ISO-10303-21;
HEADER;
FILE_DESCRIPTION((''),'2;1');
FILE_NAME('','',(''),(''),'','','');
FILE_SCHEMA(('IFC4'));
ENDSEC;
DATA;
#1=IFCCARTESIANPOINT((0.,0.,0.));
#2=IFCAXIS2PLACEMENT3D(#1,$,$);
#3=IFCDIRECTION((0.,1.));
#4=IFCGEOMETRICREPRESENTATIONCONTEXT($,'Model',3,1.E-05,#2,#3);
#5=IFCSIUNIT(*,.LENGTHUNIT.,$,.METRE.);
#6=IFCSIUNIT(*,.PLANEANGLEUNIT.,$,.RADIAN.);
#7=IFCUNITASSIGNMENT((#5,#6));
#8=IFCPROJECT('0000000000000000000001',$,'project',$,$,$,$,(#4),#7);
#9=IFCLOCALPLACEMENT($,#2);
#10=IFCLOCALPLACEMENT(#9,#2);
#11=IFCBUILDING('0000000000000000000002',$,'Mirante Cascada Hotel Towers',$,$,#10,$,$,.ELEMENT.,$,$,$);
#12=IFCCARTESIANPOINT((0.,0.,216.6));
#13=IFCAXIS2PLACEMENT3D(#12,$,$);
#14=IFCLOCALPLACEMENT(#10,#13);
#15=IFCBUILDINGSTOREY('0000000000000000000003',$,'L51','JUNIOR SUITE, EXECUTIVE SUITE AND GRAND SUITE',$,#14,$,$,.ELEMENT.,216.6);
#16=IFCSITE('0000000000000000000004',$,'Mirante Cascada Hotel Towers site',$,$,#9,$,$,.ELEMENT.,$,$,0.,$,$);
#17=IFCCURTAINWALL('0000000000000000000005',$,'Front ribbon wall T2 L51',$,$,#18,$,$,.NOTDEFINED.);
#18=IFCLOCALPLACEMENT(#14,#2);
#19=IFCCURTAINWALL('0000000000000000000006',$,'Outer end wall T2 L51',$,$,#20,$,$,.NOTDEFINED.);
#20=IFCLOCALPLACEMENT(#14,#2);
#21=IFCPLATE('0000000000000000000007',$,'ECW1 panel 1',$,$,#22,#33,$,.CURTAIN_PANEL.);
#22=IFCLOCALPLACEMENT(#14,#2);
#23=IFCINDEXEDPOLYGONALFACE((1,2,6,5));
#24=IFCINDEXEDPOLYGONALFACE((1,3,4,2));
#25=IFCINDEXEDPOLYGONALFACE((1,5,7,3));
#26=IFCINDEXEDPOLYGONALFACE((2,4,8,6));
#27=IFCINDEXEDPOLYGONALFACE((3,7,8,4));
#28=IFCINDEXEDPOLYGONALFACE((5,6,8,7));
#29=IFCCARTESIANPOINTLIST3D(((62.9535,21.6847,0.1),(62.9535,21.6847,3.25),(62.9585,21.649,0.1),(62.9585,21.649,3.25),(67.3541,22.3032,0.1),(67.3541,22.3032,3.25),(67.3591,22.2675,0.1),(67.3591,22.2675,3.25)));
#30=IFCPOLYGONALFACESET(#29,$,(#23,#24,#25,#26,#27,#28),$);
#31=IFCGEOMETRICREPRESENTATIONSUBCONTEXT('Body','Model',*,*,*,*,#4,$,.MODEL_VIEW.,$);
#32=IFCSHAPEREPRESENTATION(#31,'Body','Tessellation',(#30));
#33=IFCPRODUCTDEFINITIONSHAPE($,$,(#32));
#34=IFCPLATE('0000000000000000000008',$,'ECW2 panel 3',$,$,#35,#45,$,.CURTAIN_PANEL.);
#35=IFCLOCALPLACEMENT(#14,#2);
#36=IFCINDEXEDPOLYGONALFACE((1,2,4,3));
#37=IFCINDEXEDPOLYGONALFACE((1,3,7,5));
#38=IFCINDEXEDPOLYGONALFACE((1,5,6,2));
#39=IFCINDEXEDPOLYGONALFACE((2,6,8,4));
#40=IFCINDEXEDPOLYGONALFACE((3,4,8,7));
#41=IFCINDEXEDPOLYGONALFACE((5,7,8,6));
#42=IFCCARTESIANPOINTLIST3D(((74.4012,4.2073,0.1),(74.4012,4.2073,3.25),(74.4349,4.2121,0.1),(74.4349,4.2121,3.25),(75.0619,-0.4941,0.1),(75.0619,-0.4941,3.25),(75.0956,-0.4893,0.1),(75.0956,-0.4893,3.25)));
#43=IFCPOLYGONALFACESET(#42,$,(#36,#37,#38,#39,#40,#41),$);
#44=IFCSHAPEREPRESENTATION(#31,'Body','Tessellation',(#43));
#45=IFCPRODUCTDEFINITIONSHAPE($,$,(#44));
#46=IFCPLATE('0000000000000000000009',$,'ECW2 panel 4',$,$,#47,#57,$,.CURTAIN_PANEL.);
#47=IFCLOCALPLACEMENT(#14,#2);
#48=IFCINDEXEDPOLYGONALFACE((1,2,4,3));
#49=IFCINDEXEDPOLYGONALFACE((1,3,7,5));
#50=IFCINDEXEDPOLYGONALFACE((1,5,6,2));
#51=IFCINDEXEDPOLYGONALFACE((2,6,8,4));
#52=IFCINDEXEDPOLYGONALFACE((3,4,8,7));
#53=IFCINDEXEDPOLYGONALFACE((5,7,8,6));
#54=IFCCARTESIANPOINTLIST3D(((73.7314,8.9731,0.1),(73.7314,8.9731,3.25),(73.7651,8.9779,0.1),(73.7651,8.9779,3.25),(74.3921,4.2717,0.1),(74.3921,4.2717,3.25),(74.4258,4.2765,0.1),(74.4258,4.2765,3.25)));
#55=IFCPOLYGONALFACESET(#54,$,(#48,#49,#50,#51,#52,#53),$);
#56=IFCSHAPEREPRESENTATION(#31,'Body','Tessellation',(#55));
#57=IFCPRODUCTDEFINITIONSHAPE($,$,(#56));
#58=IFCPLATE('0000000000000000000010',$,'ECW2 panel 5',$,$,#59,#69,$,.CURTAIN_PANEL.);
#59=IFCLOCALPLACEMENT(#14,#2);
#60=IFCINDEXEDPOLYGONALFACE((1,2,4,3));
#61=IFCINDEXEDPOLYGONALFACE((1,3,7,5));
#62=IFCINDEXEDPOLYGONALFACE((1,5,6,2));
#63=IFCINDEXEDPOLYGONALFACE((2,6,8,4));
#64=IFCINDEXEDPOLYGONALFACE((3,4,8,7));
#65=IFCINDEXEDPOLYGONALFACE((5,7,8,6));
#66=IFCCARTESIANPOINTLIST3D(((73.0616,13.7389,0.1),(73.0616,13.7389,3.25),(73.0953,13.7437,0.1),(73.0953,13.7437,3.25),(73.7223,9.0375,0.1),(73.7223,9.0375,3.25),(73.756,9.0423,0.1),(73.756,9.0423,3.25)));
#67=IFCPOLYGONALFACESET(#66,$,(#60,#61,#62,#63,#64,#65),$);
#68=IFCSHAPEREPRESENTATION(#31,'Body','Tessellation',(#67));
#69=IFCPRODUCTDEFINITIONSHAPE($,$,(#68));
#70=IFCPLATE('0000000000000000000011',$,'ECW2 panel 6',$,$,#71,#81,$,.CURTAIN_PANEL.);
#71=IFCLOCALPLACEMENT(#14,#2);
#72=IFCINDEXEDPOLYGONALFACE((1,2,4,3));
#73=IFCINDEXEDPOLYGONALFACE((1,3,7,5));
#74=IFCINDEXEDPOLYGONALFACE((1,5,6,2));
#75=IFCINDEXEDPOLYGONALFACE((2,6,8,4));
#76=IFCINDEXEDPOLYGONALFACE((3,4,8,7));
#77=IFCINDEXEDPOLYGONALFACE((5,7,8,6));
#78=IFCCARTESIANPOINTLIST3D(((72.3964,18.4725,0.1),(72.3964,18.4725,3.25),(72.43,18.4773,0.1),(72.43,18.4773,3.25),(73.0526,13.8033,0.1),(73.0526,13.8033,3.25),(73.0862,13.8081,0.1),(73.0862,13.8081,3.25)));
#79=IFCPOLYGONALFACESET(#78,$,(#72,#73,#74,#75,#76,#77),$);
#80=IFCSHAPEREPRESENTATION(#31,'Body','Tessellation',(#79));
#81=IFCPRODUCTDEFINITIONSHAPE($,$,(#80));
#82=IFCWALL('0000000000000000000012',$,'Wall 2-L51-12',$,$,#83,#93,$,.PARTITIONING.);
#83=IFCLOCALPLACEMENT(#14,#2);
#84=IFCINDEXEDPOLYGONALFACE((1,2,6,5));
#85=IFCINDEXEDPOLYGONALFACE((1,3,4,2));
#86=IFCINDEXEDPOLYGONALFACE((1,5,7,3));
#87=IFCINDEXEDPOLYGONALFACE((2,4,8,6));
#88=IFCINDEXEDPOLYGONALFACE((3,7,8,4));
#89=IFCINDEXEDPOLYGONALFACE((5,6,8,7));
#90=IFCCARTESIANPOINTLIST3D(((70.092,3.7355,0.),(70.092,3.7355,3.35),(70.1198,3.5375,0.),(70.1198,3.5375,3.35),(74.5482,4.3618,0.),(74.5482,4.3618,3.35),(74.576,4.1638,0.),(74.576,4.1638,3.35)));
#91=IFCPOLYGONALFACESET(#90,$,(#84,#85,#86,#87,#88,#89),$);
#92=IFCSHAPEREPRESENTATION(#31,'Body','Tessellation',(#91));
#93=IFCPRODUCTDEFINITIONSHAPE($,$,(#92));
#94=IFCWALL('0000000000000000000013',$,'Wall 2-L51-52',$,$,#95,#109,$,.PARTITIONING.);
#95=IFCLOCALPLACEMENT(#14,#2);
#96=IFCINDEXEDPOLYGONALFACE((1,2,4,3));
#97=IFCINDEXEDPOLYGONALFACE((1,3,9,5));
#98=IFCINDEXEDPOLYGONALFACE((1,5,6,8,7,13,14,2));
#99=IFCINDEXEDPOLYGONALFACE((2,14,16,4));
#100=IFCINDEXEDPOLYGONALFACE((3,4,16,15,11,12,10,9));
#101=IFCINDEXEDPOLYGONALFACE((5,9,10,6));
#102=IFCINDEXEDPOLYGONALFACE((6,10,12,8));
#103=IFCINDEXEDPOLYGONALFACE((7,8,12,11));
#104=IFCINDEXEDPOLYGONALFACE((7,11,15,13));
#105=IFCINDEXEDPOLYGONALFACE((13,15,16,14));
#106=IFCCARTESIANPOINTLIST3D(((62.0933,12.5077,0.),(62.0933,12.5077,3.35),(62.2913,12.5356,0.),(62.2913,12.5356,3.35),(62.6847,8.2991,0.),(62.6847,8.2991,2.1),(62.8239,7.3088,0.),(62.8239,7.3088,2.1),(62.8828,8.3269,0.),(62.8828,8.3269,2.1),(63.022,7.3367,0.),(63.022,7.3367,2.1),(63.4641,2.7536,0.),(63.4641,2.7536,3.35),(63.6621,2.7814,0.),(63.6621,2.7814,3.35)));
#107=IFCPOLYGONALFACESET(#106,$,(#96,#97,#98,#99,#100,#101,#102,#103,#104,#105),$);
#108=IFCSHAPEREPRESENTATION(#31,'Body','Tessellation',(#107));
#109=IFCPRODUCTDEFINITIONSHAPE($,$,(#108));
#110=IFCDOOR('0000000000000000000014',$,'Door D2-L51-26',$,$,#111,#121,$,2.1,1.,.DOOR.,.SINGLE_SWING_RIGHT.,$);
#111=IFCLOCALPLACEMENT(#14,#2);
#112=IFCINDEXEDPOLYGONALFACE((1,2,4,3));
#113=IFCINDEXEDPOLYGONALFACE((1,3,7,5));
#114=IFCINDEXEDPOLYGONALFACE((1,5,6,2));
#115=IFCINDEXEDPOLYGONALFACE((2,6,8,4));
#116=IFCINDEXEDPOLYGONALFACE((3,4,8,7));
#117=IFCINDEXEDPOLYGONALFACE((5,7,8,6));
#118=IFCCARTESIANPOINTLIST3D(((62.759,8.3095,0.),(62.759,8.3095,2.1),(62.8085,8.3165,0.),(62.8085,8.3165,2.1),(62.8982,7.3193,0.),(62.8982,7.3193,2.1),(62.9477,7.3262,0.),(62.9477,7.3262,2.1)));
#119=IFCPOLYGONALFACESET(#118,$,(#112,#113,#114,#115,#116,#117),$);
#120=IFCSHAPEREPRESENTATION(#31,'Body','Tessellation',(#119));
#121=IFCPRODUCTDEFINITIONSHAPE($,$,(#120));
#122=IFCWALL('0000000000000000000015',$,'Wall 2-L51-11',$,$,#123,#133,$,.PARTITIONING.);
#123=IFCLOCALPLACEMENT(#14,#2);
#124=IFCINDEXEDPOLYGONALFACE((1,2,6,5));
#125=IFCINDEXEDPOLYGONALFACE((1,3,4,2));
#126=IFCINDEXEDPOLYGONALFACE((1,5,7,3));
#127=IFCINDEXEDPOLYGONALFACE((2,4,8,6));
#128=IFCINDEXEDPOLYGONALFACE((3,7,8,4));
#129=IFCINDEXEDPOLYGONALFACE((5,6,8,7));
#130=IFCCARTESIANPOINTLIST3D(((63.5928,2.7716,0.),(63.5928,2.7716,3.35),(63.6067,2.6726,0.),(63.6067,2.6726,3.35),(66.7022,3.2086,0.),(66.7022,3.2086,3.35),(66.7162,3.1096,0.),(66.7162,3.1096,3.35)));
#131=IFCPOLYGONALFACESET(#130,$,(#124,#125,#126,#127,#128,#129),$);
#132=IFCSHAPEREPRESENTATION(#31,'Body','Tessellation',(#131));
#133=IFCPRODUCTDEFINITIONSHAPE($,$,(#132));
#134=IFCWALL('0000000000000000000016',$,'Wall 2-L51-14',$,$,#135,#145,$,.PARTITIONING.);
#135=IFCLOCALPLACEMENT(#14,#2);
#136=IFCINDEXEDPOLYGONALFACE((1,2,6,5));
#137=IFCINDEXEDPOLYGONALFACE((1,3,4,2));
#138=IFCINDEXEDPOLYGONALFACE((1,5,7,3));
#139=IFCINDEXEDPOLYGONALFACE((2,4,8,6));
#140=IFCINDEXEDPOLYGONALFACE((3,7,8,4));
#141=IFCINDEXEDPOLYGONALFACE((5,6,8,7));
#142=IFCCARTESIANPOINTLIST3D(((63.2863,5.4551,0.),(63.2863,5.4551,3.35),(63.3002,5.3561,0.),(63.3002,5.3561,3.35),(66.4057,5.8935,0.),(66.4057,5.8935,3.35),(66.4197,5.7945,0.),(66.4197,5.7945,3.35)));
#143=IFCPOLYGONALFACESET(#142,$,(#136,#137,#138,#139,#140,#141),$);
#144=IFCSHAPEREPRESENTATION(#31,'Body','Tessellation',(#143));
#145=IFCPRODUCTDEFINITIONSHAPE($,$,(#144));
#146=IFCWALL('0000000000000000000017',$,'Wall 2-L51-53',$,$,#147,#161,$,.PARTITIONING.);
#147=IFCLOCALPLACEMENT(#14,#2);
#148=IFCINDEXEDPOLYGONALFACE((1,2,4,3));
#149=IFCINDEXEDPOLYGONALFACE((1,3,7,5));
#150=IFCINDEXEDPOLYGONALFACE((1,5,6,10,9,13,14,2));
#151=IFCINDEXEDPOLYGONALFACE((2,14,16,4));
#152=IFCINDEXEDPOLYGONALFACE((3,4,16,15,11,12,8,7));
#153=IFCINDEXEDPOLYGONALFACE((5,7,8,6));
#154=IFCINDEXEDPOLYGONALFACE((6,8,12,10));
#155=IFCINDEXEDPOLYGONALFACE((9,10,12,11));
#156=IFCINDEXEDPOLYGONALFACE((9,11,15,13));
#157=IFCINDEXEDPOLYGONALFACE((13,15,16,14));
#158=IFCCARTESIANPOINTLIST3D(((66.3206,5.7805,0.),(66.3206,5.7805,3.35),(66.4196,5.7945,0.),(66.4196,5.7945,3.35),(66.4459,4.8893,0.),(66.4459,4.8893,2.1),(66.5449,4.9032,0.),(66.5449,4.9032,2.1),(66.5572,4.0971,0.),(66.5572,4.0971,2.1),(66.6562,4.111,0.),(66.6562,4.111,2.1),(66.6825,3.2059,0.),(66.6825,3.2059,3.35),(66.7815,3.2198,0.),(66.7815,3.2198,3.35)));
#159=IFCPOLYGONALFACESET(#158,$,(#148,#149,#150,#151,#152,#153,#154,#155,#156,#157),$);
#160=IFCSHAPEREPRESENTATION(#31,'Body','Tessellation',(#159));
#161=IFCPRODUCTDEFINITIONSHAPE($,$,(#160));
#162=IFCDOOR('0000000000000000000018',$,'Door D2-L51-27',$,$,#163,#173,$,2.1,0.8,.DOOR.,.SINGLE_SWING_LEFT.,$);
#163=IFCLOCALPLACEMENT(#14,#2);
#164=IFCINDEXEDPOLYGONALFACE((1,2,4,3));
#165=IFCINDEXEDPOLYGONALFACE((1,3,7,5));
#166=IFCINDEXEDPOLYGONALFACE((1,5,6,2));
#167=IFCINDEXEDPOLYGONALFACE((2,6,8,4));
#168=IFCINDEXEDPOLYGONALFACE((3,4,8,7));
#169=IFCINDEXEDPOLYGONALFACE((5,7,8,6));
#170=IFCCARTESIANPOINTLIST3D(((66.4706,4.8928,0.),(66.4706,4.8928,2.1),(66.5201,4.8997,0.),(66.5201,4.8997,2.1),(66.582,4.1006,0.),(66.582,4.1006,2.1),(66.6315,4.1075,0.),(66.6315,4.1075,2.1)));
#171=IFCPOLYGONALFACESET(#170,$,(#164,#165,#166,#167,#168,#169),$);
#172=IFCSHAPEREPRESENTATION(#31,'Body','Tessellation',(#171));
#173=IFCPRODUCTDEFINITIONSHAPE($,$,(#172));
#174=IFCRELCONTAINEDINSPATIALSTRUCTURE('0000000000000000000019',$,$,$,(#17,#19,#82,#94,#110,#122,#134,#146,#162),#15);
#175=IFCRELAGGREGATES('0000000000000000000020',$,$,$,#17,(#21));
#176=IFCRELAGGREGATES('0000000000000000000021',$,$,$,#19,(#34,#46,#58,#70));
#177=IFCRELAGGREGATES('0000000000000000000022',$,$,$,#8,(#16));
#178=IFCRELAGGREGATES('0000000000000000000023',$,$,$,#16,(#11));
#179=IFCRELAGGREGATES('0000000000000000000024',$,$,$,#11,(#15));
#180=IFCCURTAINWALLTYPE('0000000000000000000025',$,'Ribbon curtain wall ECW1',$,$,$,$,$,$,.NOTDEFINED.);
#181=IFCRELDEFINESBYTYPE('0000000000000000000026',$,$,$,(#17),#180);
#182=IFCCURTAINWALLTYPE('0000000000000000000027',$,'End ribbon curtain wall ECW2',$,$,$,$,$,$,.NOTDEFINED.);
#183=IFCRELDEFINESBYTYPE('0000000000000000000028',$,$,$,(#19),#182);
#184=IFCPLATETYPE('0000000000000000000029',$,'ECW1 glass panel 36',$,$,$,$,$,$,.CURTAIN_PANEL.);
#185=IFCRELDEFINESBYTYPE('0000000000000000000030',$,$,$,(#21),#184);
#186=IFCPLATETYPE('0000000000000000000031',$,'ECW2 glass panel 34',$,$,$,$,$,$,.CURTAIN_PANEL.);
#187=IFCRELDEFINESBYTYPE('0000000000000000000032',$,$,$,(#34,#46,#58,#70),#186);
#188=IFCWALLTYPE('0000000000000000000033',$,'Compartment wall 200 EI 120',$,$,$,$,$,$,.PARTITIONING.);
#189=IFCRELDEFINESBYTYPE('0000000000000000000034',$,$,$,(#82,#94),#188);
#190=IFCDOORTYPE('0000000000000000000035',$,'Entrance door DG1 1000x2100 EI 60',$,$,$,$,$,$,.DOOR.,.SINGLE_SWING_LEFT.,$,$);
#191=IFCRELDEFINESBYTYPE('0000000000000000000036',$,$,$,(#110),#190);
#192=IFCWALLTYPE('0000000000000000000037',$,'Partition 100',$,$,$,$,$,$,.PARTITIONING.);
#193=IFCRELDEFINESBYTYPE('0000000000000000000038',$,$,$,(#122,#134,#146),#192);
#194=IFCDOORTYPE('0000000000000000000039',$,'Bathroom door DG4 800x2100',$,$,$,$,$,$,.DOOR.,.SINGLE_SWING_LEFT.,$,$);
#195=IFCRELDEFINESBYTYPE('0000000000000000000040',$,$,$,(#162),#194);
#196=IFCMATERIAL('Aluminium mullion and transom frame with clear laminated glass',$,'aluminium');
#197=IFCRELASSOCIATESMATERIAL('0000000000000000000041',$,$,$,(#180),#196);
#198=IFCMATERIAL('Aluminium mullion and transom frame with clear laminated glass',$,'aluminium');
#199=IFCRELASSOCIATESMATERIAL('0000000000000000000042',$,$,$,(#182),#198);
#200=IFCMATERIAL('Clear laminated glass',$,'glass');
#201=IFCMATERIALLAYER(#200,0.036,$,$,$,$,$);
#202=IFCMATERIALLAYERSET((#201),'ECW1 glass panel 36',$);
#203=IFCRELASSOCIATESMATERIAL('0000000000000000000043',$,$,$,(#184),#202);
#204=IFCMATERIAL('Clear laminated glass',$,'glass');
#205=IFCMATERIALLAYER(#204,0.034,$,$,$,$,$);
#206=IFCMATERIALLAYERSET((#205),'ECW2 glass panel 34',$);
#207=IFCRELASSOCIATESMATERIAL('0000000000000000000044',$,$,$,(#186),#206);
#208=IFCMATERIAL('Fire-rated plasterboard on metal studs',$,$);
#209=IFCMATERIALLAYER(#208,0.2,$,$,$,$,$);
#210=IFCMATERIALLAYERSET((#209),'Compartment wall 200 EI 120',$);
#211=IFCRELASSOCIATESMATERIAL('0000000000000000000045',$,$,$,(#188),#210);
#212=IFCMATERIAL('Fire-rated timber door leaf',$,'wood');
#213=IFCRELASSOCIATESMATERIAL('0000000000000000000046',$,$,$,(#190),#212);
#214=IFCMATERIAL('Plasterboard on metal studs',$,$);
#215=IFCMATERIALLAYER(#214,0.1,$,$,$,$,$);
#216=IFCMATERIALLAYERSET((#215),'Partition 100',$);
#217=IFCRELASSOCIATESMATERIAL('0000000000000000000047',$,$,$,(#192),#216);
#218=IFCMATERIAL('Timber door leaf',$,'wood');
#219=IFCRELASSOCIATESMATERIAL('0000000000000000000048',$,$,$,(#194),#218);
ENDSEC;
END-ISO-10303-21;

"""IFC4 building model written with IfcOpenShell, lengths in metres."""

from ifc_helpers import new_model, si_unit, direction, frame, frame_2d, origin, origin_2d, place, context, subcontext, project, spatial, rectangle, extrude, material, layer, layer_set, type_object, element, fill, aggregate, save


model = new_model("IFC4")

# Units and contexts
model_context = context("Model", 3, precision=1e-05, world=origin(), true_north=direction((0.0, 1.0)))
body_context = subcontext(model_context, "Body", "Model", "MODEL_VIEW")
ifc_project = project(units=[si_unit("LENGTHUNIT", "METRE"), si_unit("PLANEANGLEUNIT", "RADIAN")], contexts=[model_context])

# Site, building, storey
site_placement = place(None, origin())
site = spatial("IfcSite", under=ifc_project, at=site_placement, Name="Mirante Cascada Hotel Towers site", CompositionType="ELEMENT", RefElevation=0.0)
building_placement = place(site_placement, origin())
building = spatial("IfcBuilding", under=site, at=building_placement, Name="Mirante Cascada Hotel Towers", CompositionType="ELEMENT")
storey_placement = place(building_placement, frame((0.0, 0.0, 216.6)))
storey = spatial("IfcBuildingStorey", under=building, at=storey_placement, Name="L51", Description="JUNIOR SUITE, EXECUTIVE SUITE AND GRAND SUITE", CompositionType="ELEMENT", Elevation=216.6)

# Curtain walls
ifc_material_1 = material(Name="Aluminium mullion and transom frame with clear laminated glass", Category="aluminium")
curtain_wall_type_1 = type_object("IfcCurtainWallType", Name="Ribbon curtain wall ECW1", PredefinedType="NOTDEFINED", material=ifc_material_1)
curtain_wall_1_placement = place(storey_placement, origin())
curtain_wall_1 = element("IfcCurtainWall", 1, at=curtain_wall_1_placement, inside=storey, type_object=curtain_wall_type_1, Name="Front ribbon wall T2 L51", PredefinedType="NOTDEFINED")
ifc_material_2 = material(Name="Aluminium mullion and transom frame with clear laminated glass", Category="aluminium")
curtain_wall_type_2 = type_object("IfcCurtainWallType", Name="End ribbon curtain wall ECW2", PredefinedType="NOTDEFINED", material=ifc_material_2)
curtain_wall_2_placement = place(storey_placement, origin())
curtain_wall_2 = element("IfcCurtainWall", 2, at=curtain_wall_2_placement, inside=storey, type_object=curtain_wall_type_2, Name="Outer end wall T2 L51", PredefinedType="NOTDEFINED")

# Plates
ifc_material_3 = material(Name="Clear laminated glass", Category="glass")
ifc_layer_1 = layer(ifc_material_3, 0.036)
ifc_layer_set_1 = layer_set([ifc_layer_1], Name="ECW1 glass panel 36")
plate_type_1 = type_object("IfcPlateType", Name="ECW1 glass panel 36", PredefinedType="CURTAIN_PANEL", material=ifc_layer_set_1)
plate_1_placement = place(storey_placement, frame((65.1563, 21.9761, 0.1), z_axis=(0.0, 0.0, 1.0), x_axis=(-0.990268, -0.139173, 0.0)))
plate_1 = element("IfcPlate", 3, at=plate_1_placement, type_object=plate_type_1, Name="ECW1 panel 1", PredefinedType="CURTAIN_PANEL", context=body_context, shape_type="SweptSolid", body=[
    extrude(rectangle(XDim=4.4438, YDim=0.036, at=origin_2d()), origin(), (0.0, 0.0, 1.0), 3.15),
])
aggregate(curtain_wall_1, [plate_1])
ifc_material_4 = material(Name="Clear laminated glass", Category="glass")
ifc_layer_2 = layer(ifc_material_4, 0.034)
ifc_layer_set_2 = layer_set([ifc_layer_2], Name="ECW2 glass panel 34")
plate_type_2 = type_object("IfcPlateType", Name="ECW2 glass panel 34", PredefinedType="CURTAIN_PANEL", material=ifc_layer_set_2)
plate_2_placement = place(storey_placement, frame((74.7484, 1.859, 0.1), z_axis=(0.0, 0.0, 1.0), x_axis=(-0.139173, 0.990268, 0.0)))
plate_2 = element("IfcPlate", 4, at=plate_2_placement, type_object=plate_type_2, Name="ECW2 panel 3", PredefinedType="CURTAIN_PANEL", context=body_context, shape_type="SweptSolid", body=[
    extrude(rectangle(XDim=4.7476, YDim=0.034, at=origin_2d()), origin(), (0.0, 0.0, 1.0), 3.15),
])
plate_3_placement = place(storey_placement, frame((74.0786, 6.6248, 0.1), z_axis=(0.0, 0.0, 1.0), x_axis=(-0.139173, 0.990268, 0.0)))
plate_3 = element("IfcPlate", 5, at=plate_3_placement, type_object=plate_type_2, Name="ECW2 panel 4", PredefinedType="CURTAIN_PANEL", context=body_context, shape_type="SweptSolid", body=[
    extrude(rectangle(XDim=4.7476, YDim=0.034, at=origin_2d()), origin(), (0.0, 0.0, 1.0), 3.15),
])
plate_4_placement = place(storey_placement, frame((73.4088, 11.3906, 0.1), z_axis=(0.0, 0.0, 1.0), x_axis=(-0.139173, 0.990268, 0.0)))
plate_4 = element("IfcPlate", 6, at=plate_4_placement, type_object=plate_type_2, Name="ECW2 panel 5", PredefinedType="CURTAIN_PANEL", context=body_context, shape_type="SweptSolid", body=[
    extrude(rectangle(XDim=4.7476, YDim=0.034, at=origin_2d()), origin(), (0.0, 0.0, 1.0), 3.15),
])
plate_5_placement = place(storey_placement, frame((72.7413, 16.1403, 0.1), z_axis=(0.0, 0.0, 1.0), x_axis=(-0.139173, 0.990268, 0.0)))
plate_5 = element("IfcPlate", 7, at=plate_5_placement, type_object=plate_type_2, Name="ECW2 panel 6", PredefinedType="CURTAIN_PANEL", context=body_context, shape_type="SweptSolid", body=[
    extrude(rectangle(XDim=4.7151, YDim=0.034, at=origin_2d()), origin(), (0.0, 0.0, 1.0), 3.15),
])
aggregate(curtain_wall_2, [plate_2, plate_3, plate_4, plate_5])

# Wall
ifc_material_5 = material(Name="Fire-rated plasterboard on metal studs")
ifc_layer_3 = layer(ifc_material_5, 0.2)
ifc_layer_set_3 = layer_set([ifc_layer_3], Name="Compartment wall 200 EI 120")
wall_type_1 = type_object("IfcWallType", Name="Compartment wall 200 EI 120", PredefinedType="PARTITIONING", material=ifc_layer_set_3)
wall_1_placement = place(storey_placement, frame((70.1059, 3.6365, 0.0), z_axis=(0.0, 0.0, 1.0), x_axis=(0.990267, 0.139178, 0.0)))
element("IfcWall", 8, at=wall_1_placement, inside=storey, type_object=wall_type_1, Name="Wall 2-L51-12", PredefinedType="PARTITIONING", context=body_context, shape_type="SweptSolid", body=[
    extrude(rectangle(XDim=4.5, YDim=0.2, at=frame_2d((2.25, 0.0))), origin(), (0.0, 0.0, 1.0), 3.35),
])

# Wall, opening, door
wall_2_placement = place(storey_placement, frame((63.5631, 2.7675, 0.0), z_axis=(0.0, 0.0, 1.0), x_axis=(-0.139168, 0.990269, 0.0)))
wall_2 = element("IfcWall", 9, at=wall_2_placement, inside=storey, type_object=wall_type_1, Name="Wall 2-L51-52", PredefinedType="PARTITIONING", context=body_context, shape_type="SweptSolid", body=[
    extrude(rectangle(XDim=9.85, YDim=0.2, at=frame_2d((4.925, 0.0))), origin(), (0.0, 0.0, 1.0), 3.35),
])
opening_1_placement = place(wall_2_placement, frame((4.6, 0.0, 0.0)))
opening_1 = element("IfcOpeningElement", 10, at=opening_1_placement, cuts=wall_2, PredefinedType="OPENING", context=body_context, shape_type="SweptSolid", body=[
    extrude(rectangle(XDim=1.0, YDim=2.1, at=frame_2d((0.5, 1.05))), frame((0.0, 0.1, 0.0), z_axis=(0.0, -1.0, 0.0), x_axis=(1.0, 0.0, 0.0)), (0.0, 0.0, 1.0), 0.2),
])
ifc_material_6 = material(Name="Fire-rated timber door leaf", Category="wood")
door_type_1 = type_object("IfcDoorType", Name="Entrance door DG1 1000x2100 EI 60", OperationType="SINGLE_SWING_LEFT", PredefinedType="DOOR", material=ifc_material_6)
door_1_placement = place(opening_1_placement, frame((1.0, 0.0, 0.0), z_axis=(0.0, 0.0, 1.0), x_axis=(-1.0, 0.0, 0.0)))
door_1 = element("IfcDoor", 11, at=door_1_placement, inside=storey, type_object=door_type_1, Name="Door D2-L51-26", OperationType="SINGLE_SWING_RIGHT", OverallHeight=2.1, OverallWidth=1.0, PredefinedType="DOOR", context=body_context, shape_type="SweptSolid", body=[
    extrude(rectangle(XDim=1.0, YDim=2.1, at=frame_2d((0.5, 1.05))), frame((0.0, 0.025, 0.0), z_axis=(0.0, -1.0, 0.0), x_axis=(1.0, 0.0, 0.0)), (0.0, 0.0, 1.0), 0.05),
])
fill(opening_1, door_1)

# Walls
ifc_material_7 = material(Name="Plasterboard on metal studs")
ifc_layer_4 = layer(ifc_material_7, 0.1)
ifc_layer_set_4 = layer_set([ifc_layer_4], Name="Partition 100")
wall_type_2 = type_object("IfcWallType", Name="Partition 100", PredefinedType="PARTITIONING", material=ifc_layer_set_4)
wall_3_placement = place(storey_placement, frame((66.7092, 3.1591, 0.0), z_axis=(0.0, 0.0, 1.0), x_axis=(-0.990268, -0.139174, 0.0)))
element("IfcWall", 12, at=wall_3_placement, inside=storey, type_object=wall_type_2, Name="Wall 2-L51-11", PredefinedType="PARTITIONING", context=body_context, shape_type="SweptSolid", body=[
    extrude(rectangle(XDim=3.14, YDim=0.1, at=frame_2d((1.57, 0.0))), origin(), (0.0, 0.0, 1.0), 3.35),
])
wall_4_placement = place(storey_placement, frame((63.2933, 5.4056, 0.0), z_axis=(0.0, 0.0, 1.0), x_axis=(0.990268, 0.139172, 0.0)))
element("IfcWall", 13, at=wall_4_placement, inside=storey, type_object=wall_type_2, Name="Wall 2-L51-14", PredefinedType="PARTITIONING", context=body_context, shape_type="SweptSolid", body=[
    extrude(rectangle(XDim=3.1501, YDim=0.1, at=frame_2d((1.575, 0.0))), origin(), (0.0, 0.0, 1.0), 3.35),
])

# Wall, opening, door
wall_5_placement = place(storey_placement, frame((66.3701, 5.7875, 0.0), z_axis=(0.0, 0.0, 1.0), x_axis=(0.139192, -0.990265, 0.0)))
wall_5 = element("IfcWall", 14, at=wall_5_placement, inside=storey, type_object=wall_type_2, Name="Wall 2-L51-53", PredefinedType="PARTITIONING", context=body_context, shape_type="SweptSolid", body=[
    extrude(rectangle(XDim=2.6, YDim=0.1, at=frame_2d((1.3, 0.0))), origin(), (0.0, 0.0, 1.0), 3.35),
])
opening_2_placement = place(wall_5_placement, frame((0.9, 0.0, 0.0)))
opening_2 = element("IfcOpeningElement", 15, at=opening_2_placement, cuts=wall_5, PredefinedType="OPENING", context=body_context, shape_type="SweptSolid", body=[
    extrude(rectangle(XDim=0.8, YDim=2.1, at=frame_2d((0.4, 1.05))), frame((0.0, 0.05, 0.0), z_axis=(0.0, -1.0, 0.0), x_axis=(1.0, 0.0, 0.0)), (0.0, 0.0, 1.0), 0.1),
])
ifc_material_8 = material(Name="Timber door leaf", Category="wood")
door_type_2 = type_object("IfcDoorType", Name="Bathroom door DG4 800x2100", OperationType="SINGLE_SWING_LEFT", PredefinedType="DOOR", material=ifc_material_8)
door_2_placement = place(opening_2_placement, origin())
door_2 = element("IfcDoor", 16, at=door_2_placement, inside=storey, type_object=door_type_2, Name="Door D2-L51-27", OperationType="SINGLE_SWING_LEFT", OverallHeight=2.1, OverallWidth=0.8, PredefinedType="DOOR", context=body_context, shape_type="SweptSolid", body=[
    extrude(rectangle(XDim=0.8, YDim=2.1, at=frame_2d((0.4, 1.05))), frame((0.0, 0.025, 0.0), z_axis=(0.0, -1.0, 0.0), x_axis=(1.0, 0.0, 0.0)), (0.0, 0.0, 1.0), 0.05),
])
fill(opening_2, door_2)

save(model, "model.ifc")
